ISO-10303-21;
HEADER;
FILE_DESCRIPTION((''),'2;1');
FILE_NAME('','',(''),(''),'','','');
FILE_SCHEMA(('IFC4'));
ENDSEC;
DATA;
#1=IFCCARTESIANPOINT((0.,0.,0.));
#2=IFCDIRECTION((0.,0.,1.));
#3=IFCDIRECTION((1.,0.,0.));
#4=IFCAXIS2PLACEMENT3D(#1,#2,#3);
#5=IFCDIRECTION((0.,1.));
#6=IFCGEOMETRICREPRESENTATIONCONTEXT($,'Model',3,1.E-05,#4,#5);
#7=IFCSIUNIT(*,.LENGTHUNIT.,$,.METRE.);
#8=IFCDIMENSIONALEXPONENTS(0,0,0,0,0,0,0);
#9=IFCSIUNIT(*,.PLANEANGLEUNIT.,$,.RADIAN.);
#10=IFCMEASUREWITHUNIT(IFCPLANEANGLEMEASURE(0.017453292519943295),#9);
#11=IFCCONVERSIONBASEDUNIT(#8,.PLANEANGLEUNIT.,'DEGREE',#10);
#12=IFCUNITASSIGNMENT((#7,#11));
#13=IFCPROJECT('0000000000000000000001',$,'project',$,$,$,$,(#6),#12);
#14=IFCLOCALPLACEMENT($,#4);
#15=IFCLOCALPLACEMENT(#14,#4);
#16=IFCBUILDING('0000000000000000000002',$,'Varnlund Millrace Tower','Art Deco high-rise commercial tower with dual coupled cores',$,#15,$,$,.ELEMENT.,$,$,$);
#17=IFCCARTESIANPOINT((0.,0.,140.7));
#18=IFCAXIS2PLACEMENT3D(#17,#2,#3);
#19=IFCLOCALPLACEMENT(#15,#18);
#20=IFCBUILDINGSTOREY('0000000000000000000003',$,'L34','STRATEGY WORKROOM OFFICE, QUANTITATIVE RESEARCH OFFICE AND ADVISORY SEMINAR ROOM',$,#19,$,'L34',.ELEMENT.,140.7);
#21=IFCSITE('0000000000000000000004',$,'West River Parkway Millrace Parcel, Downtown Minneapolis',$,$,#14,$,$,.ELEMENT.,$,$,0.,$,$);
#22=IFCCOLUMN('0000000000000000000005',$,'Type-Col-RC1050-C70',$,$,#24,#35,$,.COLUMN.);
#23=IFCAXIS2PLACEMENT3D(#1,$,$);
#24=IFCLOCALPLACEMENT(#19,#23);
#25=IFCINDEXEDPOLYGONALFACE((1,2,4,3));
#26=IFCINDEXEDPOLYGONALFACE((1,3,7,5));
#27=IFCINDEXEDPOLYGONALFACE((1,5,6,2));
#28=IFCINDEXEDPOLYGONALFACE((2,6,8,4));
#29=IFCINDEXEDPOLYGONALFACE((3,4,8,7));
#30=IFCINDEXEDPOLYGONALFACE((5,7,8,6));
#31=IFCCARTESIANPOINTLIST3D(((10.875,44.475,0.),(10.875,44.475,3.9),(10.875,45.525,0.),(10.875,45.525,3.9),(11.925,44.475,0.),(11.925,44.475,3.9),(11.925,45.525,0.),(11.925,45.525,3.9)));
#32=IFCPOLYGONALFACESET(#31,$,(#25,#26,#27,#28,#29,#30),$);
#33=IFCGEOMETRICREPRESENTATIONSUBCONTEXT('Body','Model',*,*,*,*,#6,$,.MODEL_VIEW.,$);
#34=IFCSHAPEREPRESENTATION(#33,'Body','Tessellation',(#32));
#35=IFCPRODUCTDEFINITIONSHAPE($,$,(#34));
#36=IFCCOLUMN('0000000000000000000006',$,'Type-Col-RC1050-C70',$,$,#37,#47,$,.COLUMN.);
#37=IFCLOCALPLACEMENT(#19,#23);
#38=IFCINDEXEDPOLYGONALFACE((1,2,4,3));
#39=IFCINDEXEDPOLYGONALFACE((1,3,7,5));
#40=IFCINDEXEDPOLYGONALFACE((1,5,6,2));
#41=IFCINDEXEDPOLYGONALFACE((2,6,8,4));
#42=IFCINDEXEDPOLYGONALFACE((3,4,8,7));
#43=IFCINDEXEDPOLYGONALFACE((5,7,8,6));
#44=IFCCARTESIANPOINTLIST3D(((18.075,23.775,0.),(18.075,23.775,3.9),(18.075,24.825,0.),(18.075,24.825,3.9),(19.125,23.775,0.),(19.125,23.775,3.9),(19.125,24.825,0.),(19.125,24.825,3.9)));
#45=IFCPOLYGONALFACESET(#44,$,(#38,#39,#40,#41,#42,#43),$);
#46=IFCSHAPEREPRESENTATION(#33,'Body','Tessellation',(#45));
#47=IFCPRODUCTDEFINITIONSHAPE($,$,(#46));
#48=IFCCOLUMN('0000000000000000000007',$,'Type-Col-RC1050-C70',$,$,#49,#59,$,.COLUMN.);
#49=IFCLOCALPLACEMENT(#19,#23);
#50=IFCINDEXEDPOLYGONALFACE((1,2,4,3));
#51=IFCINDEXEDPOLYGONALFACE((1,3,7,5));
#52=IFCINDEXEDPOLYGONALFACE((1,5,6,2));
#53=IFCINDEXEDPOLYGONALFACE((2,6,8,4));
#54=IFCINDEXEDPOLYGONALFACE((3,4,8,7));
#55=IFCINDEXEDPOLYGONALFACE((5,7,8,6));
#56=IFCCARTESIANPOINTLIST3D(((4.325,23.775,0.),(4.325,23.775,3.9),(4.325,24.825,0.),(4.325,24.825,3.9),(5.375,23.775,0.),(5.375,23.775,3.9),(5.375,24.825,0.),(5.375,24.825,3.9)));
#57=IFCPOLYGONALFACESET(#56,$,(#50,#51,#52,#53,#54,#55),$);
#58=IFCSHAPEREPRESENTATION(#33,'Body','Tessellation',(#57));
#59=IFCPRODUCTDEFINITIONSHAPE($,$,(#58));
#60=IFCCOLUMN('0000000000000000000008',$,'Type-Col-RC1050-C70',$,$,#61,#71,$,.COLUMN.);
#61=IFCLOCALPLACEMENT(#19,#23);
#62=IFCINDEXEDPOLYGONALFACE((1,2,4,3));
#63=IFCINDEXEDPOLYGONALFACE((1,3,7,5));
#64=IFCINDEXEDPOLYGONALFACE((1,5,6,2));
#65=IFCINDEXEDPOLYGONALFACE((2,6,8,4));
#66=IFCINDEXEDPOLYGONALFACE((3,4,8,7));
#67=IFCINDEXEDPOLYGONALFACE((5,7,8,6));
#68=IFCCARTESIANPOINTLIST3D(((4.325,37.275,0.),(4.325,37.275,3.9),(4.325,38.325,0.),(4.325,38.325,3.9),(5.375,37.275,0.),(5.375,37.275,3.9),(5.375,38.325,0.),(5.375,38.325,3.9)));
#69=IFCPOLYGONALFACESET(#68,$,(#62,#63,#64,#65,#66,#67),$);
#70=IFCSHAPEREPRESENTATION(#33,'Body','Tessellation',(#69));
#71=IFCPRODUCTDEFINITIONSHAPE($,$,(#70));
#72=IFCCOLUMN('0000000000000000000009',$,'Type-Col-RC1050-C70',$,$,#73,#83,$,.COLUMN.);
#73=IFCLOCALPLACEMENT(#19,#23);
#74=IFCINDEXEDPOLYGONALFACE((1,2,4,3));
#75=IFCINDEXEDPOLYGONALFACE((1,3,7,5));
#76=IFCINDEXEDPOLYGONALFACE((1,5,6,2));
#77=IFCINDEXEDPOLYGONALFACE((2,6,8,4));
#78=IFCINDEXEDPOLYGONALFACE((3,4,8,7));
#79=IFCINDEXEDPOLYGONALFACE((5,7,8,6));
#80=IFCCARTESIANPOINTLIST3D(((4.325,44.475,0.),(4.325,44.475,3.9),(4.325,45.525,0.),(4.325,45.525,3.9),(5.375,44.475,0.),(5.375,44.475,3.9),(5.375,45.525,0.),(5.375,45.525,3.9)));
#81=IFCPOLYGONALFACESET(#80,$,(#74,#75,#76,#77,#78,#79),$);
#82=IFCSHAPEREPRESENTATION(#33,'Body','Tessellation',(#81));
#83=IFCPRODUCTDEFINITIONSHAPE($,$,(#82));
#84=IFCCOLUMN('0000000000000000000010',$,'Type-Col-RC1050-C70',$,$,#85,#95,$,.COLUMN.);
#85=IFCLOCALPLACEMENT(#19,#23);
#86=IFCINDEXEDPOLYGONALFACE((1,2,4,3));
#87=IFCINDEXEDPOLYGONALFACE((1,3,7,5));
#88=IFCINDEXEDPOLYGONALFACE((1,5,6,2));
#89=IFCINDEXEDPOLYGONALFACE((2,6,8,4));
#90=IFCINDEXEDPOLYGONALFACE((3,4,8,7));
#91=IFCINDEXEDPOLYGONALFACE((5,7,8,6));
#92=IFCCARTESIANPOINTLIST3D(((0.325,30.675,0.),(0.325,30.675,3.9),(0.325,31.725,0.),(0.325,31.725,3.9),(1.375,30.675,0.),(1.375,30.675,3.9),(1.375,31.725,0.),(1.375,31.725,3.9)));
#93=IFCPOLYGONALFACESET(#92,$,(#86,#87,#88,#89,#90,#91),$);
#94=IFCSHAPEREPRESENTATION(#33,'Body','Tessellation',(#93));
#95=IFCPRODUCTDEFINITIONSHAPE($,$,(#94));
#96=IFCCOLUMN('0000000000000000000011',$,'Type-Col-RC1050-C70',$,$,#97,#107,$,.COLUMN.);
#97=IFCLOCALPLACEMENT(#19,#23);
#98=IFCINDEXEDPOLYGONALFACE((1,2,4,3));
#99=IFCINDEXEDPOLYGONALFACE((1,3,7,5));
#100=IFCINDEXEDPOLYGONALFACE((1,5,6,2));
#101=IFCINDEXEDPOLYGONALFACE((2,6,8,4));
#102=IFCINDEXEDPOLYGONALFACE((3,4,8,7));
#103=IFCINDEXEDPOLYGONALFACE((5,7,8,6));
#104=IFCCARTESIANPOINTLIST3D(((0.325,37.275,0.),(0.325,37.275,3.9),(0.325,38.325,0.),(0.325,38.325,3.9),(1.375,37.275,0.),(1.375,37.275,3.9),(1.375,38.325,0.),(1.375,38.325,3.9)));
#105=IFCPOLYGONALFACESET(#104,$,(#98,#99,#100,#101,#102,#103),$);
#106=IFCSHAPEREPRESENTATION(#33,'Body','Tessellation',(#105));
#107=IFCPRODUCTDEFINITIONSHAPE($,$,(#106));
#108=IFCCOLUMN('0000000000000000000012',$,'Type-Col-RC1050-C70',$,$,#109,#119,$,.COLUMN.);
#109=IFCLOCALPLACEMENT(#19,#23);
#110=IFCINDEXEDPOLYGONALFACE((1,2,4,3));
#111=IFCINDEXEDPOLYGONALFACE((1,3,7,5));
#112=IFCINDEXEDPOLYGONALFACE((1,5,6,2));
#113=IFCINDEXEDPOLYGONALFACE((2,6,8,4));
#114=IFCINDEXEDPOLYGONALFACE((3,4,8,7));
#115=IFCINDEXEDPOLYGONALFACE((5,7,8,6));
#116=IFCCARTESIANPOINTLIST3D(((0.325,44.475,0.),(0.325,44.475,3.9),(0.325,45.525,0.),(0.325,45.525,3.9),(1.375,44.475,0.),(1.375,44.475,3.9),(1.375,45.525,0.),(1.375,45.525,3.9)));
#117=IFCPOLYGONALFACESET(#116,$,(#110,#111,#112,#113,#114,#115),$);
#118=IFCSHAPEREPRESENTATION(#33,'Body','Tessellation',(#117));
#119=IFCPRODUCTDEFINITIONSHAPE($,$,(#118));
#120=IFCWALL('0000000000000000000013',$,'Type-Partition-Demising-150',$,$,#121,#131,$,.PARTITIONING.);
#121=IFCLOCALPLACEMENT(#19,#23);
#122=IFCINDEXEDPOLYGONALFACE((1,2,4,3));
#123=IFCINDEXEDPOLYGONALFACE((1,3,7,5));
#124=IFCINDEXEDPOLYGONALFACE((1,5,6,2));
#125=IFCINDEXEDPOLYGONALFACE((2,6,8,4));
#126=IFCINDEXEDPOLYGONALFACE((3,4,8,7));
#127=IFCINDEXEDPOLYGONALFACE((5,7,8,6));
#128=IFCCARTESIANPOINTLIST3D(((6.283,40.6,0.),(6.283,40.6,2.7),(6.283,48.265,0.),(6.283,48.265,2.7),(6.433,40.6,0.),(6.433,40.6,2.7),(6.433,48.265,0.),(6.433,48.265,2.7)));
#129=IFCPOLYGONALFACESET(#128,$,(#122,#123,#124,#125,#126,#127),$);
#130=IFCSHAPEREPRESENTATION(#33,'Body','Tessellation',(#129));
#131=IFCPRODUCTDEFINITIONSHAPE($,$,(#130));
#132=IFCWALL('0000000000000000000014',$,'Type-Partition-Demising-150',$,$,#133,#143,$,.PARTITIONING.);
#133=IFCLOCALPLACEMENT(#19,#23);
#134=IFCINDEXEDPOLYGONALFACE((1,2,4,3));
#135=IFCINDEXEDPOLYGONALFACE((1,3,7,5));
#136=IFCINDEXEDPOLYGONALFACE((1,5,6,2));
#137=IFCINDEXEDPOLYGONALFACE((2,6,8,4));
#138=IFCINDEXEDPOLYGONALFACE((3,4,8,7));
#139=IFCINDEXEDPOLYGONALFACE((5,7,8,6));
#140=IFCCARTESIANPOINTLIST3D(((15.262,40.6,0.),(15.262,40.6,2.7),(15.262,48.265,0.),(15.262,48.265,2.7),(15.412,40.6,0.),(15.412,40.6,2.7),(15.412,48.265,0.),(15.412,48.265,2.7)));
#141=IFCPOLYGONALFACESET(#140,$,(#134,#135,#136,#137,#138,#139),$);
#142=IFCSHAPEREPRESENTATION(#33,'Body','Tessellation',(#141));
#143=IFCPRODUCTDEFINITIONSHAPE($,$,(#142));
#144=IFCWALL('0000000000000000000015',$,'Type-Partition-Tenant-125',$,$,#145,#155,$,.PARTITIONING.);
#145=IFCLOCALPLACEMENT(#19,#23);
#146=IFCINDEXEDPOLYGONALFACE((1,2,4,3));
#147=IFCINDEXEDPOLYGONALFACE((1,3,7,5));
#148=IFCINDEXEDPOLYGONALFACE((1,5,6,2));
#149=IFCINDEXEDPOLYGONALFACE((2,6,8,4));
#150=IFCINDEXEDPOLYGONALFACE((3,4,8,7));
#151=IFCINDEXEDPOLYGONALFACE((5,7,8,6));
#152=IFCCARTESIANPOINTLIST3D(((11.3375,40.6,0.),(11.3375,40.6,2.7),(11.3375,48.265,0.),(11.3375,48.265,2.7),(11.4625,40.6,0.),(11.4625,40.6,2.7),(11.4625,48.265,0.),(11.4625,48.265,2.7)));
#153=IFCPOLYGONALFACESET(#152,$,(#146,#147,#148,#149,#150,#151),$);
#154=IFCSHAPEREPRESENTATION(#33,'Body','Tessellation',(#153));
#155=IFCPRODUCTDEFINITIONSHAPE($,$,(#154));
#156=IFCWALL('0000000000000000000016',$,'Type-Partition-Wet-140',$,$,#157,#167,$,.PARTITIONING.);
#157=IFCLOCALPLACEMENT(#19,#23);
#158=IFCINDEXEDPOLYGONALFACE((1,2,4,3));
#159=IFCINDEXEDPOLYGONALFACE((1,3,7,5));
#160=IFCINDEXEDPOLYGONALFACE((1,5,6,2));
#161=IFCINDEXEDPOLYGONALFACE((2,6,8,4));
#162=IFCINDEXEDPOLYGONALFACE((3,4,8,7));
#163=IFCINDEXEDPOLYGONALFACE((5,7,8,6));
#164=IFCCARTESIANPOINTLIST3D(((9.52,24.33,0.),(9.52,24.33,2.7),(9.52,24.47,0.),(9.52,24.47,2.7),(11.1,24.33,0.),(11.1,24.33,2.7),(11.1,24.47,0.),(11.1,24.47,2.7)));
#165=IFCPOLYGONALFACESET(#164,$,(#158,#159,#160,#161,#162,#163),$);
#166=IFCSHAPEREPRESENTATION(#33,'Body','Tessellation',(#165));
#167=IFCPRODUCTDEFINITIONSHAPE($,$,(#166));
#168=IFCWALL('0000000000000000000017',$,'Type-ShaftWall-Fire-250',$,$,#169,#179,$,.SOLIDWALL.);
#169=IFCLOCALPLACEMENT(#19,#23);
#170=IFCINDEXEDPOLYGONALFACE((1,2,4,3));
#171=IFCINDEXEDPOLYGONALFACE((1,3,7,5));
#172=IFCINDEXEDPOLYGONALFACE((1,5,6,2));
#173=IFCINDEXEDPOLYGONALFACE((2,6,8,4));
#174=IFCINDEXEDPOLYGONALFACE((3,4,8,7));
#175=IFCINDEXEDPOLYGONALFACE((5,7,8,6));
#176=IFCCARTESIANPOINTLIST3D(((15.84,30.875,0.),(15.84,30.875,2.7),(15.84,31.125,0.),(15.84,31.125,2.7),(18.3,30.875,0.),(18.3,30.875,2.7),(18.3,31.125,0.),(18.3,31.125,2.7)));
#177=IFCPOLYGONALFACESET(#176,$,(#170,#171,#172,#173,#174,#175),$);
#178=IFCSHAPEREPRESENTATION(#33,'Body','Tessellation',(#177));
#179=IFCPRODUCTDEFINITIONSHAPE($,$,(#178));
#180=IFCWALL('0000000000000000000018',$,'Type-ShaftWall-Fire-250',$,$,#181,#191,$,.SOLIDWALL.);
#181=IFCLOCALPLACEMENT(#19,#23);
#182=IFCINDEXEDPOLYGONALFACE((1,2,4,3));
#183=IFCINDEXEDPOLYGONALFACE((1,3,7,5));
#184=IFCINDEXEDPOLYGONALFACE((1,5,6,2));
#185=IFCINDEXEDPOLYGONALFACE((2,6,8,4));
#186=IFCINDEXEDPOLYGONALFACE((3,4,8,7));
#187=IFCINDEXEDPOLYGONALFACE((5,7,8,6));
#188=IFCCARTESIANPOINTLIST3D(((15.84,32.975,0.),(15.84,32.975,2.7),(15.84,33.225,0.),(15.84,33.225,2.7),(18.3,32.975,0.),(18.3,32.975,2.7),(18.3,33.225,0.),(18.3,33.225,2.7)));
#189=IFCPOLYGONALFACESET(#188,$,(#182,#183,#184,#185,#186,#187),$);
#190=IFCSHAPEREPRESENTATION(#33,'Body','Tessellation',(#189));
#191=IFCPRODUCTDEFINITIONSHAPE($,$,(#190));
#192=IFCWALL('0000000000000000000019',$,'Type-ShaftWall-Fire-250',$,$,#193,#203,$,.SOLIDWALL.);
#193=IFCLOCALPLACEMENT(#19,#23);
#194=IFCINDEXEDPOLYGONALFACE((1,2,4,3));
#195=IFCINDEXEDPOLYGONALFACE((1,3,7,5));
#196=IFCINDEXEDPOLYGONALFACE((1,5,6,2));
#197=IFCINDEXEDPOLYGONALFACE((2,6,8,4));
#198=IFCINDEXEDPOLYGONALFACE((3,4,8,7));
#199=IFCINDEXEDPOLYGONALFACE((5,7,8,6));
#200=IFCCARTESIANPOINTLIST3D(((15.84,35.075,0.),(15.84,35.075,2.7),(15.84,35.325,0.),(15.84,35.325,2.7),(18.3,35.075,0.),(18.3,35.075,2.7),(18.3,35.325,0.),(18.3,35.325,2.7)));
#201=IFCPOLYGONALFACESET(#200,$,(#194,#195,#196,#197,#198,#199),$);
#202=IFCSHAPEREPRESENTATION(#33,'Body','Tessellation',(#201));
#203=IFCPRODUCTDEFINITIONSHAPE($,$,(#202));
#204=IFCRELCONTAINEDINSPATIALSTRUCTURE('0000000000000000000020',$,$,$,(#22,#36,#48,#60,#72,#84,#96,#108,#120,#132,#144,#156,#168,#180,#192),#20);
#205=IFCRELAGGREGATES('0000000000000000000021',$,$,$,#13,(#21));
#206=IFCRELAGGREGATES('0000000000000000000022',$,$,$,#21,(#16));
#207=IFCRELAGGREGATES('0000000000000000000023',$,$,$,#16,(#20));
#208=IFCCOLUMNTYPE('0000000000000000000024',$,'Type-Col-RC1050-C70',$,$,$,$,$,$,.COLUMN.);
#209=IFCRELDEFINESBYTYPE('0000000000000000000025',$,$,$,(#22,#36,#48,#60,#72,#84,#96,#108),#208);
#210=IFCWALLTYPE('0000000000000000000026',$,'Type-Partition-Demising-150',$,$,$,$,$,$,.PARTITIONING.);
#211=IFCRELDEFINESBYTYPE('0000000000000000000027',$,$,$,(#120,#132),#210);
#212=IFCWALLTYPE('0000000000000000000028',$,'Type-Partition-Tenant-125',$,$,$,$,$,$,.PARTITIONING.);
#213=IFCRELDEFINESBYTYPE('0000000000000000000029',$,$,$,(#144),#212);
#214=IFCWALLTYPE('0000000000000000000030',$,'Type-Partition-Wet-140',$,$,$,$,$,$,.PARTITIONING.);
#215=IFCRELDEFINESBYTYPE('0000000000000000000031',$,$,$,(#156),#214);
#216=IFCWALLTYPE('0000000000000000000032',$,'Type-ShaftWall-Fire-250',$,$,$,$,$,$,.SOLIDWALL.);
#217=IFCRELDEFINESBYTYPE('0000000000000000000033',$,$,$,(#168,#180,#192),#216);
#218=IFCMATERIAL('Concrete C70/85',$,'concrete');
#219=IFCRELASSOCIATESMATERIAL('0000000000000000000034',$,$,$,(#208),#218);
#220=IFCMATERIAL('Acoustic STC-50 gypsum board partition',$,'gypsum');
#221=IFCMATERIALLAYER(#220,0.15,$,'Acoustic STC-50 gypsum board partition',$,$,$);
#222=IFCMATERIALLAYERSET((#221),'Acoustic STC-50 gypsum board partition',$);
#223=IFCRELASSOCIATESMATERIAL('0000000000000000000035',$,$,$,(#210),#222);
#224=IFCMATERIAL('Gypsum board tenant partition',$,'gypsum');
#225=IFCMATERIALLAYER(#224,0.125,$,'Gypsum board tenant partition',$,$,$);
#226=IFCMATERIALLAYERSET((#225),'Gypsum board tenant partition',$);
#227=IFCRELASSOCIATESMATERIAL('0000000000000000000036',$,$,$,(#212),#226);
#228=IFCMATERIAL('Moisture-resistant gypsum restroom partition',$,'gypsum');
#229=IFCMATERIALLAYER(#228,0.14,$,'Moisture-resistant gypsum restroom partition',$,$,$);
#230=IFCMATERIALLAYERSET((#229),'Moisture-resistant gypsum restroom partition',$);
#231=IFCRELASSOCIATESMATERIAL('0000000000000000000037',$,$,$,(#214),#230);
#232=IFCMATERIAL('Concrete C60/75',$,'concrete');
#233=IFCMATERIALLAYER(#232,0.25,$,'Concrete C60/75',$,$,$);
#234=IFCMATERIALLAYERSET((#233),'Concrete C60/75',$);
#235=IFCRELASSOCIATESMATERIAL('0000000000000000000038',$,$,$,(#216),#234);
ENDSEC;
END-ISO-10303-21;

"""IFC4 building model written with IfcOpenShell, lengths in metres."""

from ifc_helpers import new_model, entity, si_unit, converted_unit, direction, frame, origin_with_axes, origin_2d_with_axis, place, context, subcontext, project, spatial, polyline, rectangle, outline, extrude, material, layer, layer_set, material_profile, profile_set, type_object, element, save


model = new_model("IFC4")

# Units and contexts
model_context = context("Model", 3, precision=1e-05, world=origin_with_axes(), true_north=direction((0.0, 1.0)))
body_context = subcontext(model_context, "Body", "Model", "MODEL_VIEW")
ifc_project = project(units=[si_unit("LENGTHUNIT", "METRE"), converted_unit("PLANEANGLEUNIT", "DEGREE", entity("IfcPlaneAngleMeasure", 0.017453292519943295), si_unit("PLANEANGLEUNIT", "RADIAN"), dimensions=[0, 0, 0, 0, 0, 0, 0])], contexts=[model_context])

# Site, building, storey
site_placement = place(None, origin_with_axes())
site = spatial("IfcSite", under=ifc_project, at=site_placement, Name="West River Parkway Millrace Parcel, Downtown Minneapolis", CompositionType="ELEMENT", RefElevation=0.0)
building_placement = place(site_placement, origin_with_axes())
building = spatial("IfcBuilding", under=site, at=building_placement, Name="Varnlund Millrace Tower", Description="Art Deco high-rise commercial tower with dual coupled cores", CompositionType="ELEMENT")
storey_placement = place(building_placement, frame((0.0, 0.0, 140.7), z_axis=(0.0, 0.0, 1.0), x_axis=(1.0, 0.0, 0.0)))
storey = spatial("IfcBuildingStorey", under=building, at=storey_placement, Name="L34", Description="STRATEGY WORKROOM OFFICE, QUANTITATIVE RESEARCH OFFICE AND ADVISORY SEMINAR ROOM", LongName="L34", CompositionType="ELEMENT", Elevation=140.7)

# Columns
ifc_material_1 = material(Name="Concrete C70/85", Category="concrete")
ifc_material_profile = material_profile(ifc_material_1, rectangle(XDim=1.05, YDim=1.05, at=origin_2d_with_axis()), Name="Concrete C70/85")
ifc_profile_set = profile_set([ifc_material_profile], Name="Concrete C70/85")
column_type = type_object("IfcColumnType", Name="Type-Col-RC1050-C70", PredefinedType="COLUMN", material=ifc_profile_set)
for number, where, z_axis, x_axis, name in (
    (1, (11.4, 45.0, 0.0), (0.0, 0.0, 1.0), (1.0, 0.0, 0.0), "Type-Col-RC1050-C70"),
    (2, (18.6, 24.3, 0.0), (0.0, 0.0, 1.0), (1.0, 0.0, 0.0), "Type-Col-RC1050-C70"),
    (3, (4.85, 24.3, 0.0), (0.0, 0.0, 1.0), (1.0, 0.0, 0.0), "Type-Col-RC1050-C70"),
    (4, (4.85, 37.8, 0.0), (0.0, 0.0, 1.0), (1.0, 0.0, 0.0), "Type-Col-RC1050-C70"),
    (5, (4.85, 45.0, 0.0), (0.0, 0.0, 1.0), (1.0, 0.0, 0.0), "Type-Col-RC1050-C70"),
    (6, (0.85, 31.2, 0.0), (0.0, 0.0, 1.0), (1.0, 0.0, 0.0), "Type-Col-RC1050-C70"),
    (7, (0.85, 37.8, 0.0), (0.0, 0.0, 1.0), (1.0, 0.0, 0.0), "Type-Col-RC1050-C70"),
    (8, (0.85, 45.0, 0.0), (0.0, 0.0, 1.0), (1.0, 0.0, 0.0), "Type-Col-RC1050-C70"),
):
    element("IfcColumn", number, at=place(storey_placement, frame(where, z_axis=z_axis, x_axis=x_axis)), inside=storey, type_object=column_type, Name=name, PredefinedType="COLUMN", context=body_context, shape_type="SweptSolid", body=[
        extrude(rectangle(XDim=1.05, YDim=1.05, at=origin_2d_with_axis()), origin_with_axes(), (0.0, 0.0, 1.0), 3.9),
    ])

# Walls
ifc_material_2 = material(Name="Acoustic STC-50 gypsum board partition", Category="gypsum")
ifc_layer_1 = layer(ifc_material_2, 0.15, Name="Acoustic STC-50 gypsum board partition")
ifc_layer_set_1 = layer_set([ifc_layer_1], Name="Acoustic STC-50 gypsum board partition")
wall_type_1 = type_object("IfcWallType", Name="Type-Partition-Demising-150", PredefinedType="PARTITIONING", material=ifc_layer_set_1)
for number, where, z_axis, x_axis, name in (
    (9, (6.358, 40.6, 0.0), (0.0, 0.0, 1.0), (0.0, 1.0, 0.0), "Type-Partition-Demising-150"),
    (10, (15.337, 40.6, 0.0), (0.0, 0.0, 1.0), (0.0, 1.0, 0.0), "Type-Partition-Demising-150"),
):
    element("IfcWall", number, at=place(storey_placement, frame(where, z_axis=z_axis, x_axis=x_axis)), inside=storey, type_object=wall_type_1, Name=name, PredefinedType="PARTITIONING", context=body_context, shape_type="SweptSolid", body=[
        extrude(outline(polyline([(0.0, -0.075), (7.665, -0.075), (7.665, 0.075), (0.0, 0.075), (0.0, -0.075)])), origin_with_axes(), (0.0, 0.0, 1.0), 2.7),
    ])
ifc_material_3 = material(Name="Gypsum board tenant partition", Category="gypsum")
ifc_layer_2 = layer(ifc_material_3, 0.125, Name="Gypsum board tenant partition")
ifc_layer_set_2 = layer_set([ifc_layer_2], Name="Gypsum board tenant partition")
wall_type_2 = type_object("IfcWallType", Name="Type-Partition-Tenant-125", PredefinedType="PARTITIONING", material=ifc_layer_set_2)
wall_1_placement = place(storey_placement, frame((11.4, 40.6, 0.0), z_axis=(0.0, 0.0, 1.0), x_axis=(0.0, 1.0, 0.0)))
element("IfcWall", 11, at=wall_1_placement, inside=storey, type_object=wall_type_2, Name="Type-Partition-Tenant-125", PredefinedType="PARTITIONING", context=body_context, shape_type="SweptSolid", body=[
    extrude(outline(polyline([(0.0, -0.0625), (7.665, -0.0625), (7.665, 0.0625), (0.0, 0.0625), (0.0, -0.0625)])), origin_with_axes(), (0.0, 0.0, 1.0), 2.7),
])
ifc_material_4 = material(Name="Moisture-resistant gypsum restroom partition", Category="gypsum")
ifc_layer_3 = layer(ifc_material_4, 0.14, Name="Moisture-resistant gypsum restroom partition")
ifc_layer_set_3 = layer_set([ifc_layer_3], Name="Moisture-resistant gypsum restroom partition")
wall_type_3 = type_object("IfcWallType", Name="Type-Partition-Wet-140", PredefinedType="PARTITIONING", material=ifc_layer_set_3)
wall_2_placement = place(storey_placement, frame((9.52, 24.4, 0.0), z_axis=(0.0, 0.0, 1.0), x_axis=(1.0, 0.0, 0.0)))
element("IfcWall", 12, at=wall_2_placement, inside=storey, type_object=wall_type_3, Name="Type-Partition-Wet-140", PredefinedType="PARTITIONING", context=body_context, shape_type="SweptSolid", body=[
    extrude(outline(polyline([(0.0, -0.07), (1.58, -0.07), (1.58, 0.07), (0.0, 0.07), (0.0, -0.07)])), origin_with_axes(), (0.0, 0.0, 1.0), 2.7),
])
ifc_material_5 = material(Name="Concrete C60/75", Category="concrete")
ifc_layer_4 = layer(ifc_material_5, 0.25, Name="Concrete C60/75")
ifc_layer_set_4 = layer_set([ifc_layer_4], Name="Concrete C60/75")
wall_type_4 = type_object("IfcWallType", Name="Type-ShaftWall-Fire-250", PredefinedType="SOLIDWALL", material=ifc_layer_set_4)
for number, where, z_axis, x_axis, name in (
    (13, (15.84, 31.0, 0.0), (0.0, 0.0, 1.0), (1.0, 0.0, 0.0), "Type-ShaftWall-Fire-250"),
    (14, (15.84, 33.1, 0.0), (0.0, 0.0, 1.0), (1.0, 0.0, 0.0), "Type-ShaftWall-Fire-250"),
    (15, (15.84, 35.2, 0.0), (0.0, 0.0, 1.0), (1.0, 0.0, 0.0), "Type-ShaftWall-Fire-250"),
):
    element("IfcWall", number, at=place(storey_placement, frame(where, z_axis=z_axis, x_axis=x_axis)), inside=storey, type_object=wall_type_4, Name=name, PredefinedType="SOLIDWALL", context=body_context, shape_type="SweptSolid", body=[
        extrude(outline(polyline([(0.0, -0.125), (2.46, -0.125), (2.46, 0.125), (0.0, 0.125), (0.0, -0.125)])), origin_with_axes(), (0.0, 0.0, 1.0), 2.7),
    ])

save(model, "model.ifc")
